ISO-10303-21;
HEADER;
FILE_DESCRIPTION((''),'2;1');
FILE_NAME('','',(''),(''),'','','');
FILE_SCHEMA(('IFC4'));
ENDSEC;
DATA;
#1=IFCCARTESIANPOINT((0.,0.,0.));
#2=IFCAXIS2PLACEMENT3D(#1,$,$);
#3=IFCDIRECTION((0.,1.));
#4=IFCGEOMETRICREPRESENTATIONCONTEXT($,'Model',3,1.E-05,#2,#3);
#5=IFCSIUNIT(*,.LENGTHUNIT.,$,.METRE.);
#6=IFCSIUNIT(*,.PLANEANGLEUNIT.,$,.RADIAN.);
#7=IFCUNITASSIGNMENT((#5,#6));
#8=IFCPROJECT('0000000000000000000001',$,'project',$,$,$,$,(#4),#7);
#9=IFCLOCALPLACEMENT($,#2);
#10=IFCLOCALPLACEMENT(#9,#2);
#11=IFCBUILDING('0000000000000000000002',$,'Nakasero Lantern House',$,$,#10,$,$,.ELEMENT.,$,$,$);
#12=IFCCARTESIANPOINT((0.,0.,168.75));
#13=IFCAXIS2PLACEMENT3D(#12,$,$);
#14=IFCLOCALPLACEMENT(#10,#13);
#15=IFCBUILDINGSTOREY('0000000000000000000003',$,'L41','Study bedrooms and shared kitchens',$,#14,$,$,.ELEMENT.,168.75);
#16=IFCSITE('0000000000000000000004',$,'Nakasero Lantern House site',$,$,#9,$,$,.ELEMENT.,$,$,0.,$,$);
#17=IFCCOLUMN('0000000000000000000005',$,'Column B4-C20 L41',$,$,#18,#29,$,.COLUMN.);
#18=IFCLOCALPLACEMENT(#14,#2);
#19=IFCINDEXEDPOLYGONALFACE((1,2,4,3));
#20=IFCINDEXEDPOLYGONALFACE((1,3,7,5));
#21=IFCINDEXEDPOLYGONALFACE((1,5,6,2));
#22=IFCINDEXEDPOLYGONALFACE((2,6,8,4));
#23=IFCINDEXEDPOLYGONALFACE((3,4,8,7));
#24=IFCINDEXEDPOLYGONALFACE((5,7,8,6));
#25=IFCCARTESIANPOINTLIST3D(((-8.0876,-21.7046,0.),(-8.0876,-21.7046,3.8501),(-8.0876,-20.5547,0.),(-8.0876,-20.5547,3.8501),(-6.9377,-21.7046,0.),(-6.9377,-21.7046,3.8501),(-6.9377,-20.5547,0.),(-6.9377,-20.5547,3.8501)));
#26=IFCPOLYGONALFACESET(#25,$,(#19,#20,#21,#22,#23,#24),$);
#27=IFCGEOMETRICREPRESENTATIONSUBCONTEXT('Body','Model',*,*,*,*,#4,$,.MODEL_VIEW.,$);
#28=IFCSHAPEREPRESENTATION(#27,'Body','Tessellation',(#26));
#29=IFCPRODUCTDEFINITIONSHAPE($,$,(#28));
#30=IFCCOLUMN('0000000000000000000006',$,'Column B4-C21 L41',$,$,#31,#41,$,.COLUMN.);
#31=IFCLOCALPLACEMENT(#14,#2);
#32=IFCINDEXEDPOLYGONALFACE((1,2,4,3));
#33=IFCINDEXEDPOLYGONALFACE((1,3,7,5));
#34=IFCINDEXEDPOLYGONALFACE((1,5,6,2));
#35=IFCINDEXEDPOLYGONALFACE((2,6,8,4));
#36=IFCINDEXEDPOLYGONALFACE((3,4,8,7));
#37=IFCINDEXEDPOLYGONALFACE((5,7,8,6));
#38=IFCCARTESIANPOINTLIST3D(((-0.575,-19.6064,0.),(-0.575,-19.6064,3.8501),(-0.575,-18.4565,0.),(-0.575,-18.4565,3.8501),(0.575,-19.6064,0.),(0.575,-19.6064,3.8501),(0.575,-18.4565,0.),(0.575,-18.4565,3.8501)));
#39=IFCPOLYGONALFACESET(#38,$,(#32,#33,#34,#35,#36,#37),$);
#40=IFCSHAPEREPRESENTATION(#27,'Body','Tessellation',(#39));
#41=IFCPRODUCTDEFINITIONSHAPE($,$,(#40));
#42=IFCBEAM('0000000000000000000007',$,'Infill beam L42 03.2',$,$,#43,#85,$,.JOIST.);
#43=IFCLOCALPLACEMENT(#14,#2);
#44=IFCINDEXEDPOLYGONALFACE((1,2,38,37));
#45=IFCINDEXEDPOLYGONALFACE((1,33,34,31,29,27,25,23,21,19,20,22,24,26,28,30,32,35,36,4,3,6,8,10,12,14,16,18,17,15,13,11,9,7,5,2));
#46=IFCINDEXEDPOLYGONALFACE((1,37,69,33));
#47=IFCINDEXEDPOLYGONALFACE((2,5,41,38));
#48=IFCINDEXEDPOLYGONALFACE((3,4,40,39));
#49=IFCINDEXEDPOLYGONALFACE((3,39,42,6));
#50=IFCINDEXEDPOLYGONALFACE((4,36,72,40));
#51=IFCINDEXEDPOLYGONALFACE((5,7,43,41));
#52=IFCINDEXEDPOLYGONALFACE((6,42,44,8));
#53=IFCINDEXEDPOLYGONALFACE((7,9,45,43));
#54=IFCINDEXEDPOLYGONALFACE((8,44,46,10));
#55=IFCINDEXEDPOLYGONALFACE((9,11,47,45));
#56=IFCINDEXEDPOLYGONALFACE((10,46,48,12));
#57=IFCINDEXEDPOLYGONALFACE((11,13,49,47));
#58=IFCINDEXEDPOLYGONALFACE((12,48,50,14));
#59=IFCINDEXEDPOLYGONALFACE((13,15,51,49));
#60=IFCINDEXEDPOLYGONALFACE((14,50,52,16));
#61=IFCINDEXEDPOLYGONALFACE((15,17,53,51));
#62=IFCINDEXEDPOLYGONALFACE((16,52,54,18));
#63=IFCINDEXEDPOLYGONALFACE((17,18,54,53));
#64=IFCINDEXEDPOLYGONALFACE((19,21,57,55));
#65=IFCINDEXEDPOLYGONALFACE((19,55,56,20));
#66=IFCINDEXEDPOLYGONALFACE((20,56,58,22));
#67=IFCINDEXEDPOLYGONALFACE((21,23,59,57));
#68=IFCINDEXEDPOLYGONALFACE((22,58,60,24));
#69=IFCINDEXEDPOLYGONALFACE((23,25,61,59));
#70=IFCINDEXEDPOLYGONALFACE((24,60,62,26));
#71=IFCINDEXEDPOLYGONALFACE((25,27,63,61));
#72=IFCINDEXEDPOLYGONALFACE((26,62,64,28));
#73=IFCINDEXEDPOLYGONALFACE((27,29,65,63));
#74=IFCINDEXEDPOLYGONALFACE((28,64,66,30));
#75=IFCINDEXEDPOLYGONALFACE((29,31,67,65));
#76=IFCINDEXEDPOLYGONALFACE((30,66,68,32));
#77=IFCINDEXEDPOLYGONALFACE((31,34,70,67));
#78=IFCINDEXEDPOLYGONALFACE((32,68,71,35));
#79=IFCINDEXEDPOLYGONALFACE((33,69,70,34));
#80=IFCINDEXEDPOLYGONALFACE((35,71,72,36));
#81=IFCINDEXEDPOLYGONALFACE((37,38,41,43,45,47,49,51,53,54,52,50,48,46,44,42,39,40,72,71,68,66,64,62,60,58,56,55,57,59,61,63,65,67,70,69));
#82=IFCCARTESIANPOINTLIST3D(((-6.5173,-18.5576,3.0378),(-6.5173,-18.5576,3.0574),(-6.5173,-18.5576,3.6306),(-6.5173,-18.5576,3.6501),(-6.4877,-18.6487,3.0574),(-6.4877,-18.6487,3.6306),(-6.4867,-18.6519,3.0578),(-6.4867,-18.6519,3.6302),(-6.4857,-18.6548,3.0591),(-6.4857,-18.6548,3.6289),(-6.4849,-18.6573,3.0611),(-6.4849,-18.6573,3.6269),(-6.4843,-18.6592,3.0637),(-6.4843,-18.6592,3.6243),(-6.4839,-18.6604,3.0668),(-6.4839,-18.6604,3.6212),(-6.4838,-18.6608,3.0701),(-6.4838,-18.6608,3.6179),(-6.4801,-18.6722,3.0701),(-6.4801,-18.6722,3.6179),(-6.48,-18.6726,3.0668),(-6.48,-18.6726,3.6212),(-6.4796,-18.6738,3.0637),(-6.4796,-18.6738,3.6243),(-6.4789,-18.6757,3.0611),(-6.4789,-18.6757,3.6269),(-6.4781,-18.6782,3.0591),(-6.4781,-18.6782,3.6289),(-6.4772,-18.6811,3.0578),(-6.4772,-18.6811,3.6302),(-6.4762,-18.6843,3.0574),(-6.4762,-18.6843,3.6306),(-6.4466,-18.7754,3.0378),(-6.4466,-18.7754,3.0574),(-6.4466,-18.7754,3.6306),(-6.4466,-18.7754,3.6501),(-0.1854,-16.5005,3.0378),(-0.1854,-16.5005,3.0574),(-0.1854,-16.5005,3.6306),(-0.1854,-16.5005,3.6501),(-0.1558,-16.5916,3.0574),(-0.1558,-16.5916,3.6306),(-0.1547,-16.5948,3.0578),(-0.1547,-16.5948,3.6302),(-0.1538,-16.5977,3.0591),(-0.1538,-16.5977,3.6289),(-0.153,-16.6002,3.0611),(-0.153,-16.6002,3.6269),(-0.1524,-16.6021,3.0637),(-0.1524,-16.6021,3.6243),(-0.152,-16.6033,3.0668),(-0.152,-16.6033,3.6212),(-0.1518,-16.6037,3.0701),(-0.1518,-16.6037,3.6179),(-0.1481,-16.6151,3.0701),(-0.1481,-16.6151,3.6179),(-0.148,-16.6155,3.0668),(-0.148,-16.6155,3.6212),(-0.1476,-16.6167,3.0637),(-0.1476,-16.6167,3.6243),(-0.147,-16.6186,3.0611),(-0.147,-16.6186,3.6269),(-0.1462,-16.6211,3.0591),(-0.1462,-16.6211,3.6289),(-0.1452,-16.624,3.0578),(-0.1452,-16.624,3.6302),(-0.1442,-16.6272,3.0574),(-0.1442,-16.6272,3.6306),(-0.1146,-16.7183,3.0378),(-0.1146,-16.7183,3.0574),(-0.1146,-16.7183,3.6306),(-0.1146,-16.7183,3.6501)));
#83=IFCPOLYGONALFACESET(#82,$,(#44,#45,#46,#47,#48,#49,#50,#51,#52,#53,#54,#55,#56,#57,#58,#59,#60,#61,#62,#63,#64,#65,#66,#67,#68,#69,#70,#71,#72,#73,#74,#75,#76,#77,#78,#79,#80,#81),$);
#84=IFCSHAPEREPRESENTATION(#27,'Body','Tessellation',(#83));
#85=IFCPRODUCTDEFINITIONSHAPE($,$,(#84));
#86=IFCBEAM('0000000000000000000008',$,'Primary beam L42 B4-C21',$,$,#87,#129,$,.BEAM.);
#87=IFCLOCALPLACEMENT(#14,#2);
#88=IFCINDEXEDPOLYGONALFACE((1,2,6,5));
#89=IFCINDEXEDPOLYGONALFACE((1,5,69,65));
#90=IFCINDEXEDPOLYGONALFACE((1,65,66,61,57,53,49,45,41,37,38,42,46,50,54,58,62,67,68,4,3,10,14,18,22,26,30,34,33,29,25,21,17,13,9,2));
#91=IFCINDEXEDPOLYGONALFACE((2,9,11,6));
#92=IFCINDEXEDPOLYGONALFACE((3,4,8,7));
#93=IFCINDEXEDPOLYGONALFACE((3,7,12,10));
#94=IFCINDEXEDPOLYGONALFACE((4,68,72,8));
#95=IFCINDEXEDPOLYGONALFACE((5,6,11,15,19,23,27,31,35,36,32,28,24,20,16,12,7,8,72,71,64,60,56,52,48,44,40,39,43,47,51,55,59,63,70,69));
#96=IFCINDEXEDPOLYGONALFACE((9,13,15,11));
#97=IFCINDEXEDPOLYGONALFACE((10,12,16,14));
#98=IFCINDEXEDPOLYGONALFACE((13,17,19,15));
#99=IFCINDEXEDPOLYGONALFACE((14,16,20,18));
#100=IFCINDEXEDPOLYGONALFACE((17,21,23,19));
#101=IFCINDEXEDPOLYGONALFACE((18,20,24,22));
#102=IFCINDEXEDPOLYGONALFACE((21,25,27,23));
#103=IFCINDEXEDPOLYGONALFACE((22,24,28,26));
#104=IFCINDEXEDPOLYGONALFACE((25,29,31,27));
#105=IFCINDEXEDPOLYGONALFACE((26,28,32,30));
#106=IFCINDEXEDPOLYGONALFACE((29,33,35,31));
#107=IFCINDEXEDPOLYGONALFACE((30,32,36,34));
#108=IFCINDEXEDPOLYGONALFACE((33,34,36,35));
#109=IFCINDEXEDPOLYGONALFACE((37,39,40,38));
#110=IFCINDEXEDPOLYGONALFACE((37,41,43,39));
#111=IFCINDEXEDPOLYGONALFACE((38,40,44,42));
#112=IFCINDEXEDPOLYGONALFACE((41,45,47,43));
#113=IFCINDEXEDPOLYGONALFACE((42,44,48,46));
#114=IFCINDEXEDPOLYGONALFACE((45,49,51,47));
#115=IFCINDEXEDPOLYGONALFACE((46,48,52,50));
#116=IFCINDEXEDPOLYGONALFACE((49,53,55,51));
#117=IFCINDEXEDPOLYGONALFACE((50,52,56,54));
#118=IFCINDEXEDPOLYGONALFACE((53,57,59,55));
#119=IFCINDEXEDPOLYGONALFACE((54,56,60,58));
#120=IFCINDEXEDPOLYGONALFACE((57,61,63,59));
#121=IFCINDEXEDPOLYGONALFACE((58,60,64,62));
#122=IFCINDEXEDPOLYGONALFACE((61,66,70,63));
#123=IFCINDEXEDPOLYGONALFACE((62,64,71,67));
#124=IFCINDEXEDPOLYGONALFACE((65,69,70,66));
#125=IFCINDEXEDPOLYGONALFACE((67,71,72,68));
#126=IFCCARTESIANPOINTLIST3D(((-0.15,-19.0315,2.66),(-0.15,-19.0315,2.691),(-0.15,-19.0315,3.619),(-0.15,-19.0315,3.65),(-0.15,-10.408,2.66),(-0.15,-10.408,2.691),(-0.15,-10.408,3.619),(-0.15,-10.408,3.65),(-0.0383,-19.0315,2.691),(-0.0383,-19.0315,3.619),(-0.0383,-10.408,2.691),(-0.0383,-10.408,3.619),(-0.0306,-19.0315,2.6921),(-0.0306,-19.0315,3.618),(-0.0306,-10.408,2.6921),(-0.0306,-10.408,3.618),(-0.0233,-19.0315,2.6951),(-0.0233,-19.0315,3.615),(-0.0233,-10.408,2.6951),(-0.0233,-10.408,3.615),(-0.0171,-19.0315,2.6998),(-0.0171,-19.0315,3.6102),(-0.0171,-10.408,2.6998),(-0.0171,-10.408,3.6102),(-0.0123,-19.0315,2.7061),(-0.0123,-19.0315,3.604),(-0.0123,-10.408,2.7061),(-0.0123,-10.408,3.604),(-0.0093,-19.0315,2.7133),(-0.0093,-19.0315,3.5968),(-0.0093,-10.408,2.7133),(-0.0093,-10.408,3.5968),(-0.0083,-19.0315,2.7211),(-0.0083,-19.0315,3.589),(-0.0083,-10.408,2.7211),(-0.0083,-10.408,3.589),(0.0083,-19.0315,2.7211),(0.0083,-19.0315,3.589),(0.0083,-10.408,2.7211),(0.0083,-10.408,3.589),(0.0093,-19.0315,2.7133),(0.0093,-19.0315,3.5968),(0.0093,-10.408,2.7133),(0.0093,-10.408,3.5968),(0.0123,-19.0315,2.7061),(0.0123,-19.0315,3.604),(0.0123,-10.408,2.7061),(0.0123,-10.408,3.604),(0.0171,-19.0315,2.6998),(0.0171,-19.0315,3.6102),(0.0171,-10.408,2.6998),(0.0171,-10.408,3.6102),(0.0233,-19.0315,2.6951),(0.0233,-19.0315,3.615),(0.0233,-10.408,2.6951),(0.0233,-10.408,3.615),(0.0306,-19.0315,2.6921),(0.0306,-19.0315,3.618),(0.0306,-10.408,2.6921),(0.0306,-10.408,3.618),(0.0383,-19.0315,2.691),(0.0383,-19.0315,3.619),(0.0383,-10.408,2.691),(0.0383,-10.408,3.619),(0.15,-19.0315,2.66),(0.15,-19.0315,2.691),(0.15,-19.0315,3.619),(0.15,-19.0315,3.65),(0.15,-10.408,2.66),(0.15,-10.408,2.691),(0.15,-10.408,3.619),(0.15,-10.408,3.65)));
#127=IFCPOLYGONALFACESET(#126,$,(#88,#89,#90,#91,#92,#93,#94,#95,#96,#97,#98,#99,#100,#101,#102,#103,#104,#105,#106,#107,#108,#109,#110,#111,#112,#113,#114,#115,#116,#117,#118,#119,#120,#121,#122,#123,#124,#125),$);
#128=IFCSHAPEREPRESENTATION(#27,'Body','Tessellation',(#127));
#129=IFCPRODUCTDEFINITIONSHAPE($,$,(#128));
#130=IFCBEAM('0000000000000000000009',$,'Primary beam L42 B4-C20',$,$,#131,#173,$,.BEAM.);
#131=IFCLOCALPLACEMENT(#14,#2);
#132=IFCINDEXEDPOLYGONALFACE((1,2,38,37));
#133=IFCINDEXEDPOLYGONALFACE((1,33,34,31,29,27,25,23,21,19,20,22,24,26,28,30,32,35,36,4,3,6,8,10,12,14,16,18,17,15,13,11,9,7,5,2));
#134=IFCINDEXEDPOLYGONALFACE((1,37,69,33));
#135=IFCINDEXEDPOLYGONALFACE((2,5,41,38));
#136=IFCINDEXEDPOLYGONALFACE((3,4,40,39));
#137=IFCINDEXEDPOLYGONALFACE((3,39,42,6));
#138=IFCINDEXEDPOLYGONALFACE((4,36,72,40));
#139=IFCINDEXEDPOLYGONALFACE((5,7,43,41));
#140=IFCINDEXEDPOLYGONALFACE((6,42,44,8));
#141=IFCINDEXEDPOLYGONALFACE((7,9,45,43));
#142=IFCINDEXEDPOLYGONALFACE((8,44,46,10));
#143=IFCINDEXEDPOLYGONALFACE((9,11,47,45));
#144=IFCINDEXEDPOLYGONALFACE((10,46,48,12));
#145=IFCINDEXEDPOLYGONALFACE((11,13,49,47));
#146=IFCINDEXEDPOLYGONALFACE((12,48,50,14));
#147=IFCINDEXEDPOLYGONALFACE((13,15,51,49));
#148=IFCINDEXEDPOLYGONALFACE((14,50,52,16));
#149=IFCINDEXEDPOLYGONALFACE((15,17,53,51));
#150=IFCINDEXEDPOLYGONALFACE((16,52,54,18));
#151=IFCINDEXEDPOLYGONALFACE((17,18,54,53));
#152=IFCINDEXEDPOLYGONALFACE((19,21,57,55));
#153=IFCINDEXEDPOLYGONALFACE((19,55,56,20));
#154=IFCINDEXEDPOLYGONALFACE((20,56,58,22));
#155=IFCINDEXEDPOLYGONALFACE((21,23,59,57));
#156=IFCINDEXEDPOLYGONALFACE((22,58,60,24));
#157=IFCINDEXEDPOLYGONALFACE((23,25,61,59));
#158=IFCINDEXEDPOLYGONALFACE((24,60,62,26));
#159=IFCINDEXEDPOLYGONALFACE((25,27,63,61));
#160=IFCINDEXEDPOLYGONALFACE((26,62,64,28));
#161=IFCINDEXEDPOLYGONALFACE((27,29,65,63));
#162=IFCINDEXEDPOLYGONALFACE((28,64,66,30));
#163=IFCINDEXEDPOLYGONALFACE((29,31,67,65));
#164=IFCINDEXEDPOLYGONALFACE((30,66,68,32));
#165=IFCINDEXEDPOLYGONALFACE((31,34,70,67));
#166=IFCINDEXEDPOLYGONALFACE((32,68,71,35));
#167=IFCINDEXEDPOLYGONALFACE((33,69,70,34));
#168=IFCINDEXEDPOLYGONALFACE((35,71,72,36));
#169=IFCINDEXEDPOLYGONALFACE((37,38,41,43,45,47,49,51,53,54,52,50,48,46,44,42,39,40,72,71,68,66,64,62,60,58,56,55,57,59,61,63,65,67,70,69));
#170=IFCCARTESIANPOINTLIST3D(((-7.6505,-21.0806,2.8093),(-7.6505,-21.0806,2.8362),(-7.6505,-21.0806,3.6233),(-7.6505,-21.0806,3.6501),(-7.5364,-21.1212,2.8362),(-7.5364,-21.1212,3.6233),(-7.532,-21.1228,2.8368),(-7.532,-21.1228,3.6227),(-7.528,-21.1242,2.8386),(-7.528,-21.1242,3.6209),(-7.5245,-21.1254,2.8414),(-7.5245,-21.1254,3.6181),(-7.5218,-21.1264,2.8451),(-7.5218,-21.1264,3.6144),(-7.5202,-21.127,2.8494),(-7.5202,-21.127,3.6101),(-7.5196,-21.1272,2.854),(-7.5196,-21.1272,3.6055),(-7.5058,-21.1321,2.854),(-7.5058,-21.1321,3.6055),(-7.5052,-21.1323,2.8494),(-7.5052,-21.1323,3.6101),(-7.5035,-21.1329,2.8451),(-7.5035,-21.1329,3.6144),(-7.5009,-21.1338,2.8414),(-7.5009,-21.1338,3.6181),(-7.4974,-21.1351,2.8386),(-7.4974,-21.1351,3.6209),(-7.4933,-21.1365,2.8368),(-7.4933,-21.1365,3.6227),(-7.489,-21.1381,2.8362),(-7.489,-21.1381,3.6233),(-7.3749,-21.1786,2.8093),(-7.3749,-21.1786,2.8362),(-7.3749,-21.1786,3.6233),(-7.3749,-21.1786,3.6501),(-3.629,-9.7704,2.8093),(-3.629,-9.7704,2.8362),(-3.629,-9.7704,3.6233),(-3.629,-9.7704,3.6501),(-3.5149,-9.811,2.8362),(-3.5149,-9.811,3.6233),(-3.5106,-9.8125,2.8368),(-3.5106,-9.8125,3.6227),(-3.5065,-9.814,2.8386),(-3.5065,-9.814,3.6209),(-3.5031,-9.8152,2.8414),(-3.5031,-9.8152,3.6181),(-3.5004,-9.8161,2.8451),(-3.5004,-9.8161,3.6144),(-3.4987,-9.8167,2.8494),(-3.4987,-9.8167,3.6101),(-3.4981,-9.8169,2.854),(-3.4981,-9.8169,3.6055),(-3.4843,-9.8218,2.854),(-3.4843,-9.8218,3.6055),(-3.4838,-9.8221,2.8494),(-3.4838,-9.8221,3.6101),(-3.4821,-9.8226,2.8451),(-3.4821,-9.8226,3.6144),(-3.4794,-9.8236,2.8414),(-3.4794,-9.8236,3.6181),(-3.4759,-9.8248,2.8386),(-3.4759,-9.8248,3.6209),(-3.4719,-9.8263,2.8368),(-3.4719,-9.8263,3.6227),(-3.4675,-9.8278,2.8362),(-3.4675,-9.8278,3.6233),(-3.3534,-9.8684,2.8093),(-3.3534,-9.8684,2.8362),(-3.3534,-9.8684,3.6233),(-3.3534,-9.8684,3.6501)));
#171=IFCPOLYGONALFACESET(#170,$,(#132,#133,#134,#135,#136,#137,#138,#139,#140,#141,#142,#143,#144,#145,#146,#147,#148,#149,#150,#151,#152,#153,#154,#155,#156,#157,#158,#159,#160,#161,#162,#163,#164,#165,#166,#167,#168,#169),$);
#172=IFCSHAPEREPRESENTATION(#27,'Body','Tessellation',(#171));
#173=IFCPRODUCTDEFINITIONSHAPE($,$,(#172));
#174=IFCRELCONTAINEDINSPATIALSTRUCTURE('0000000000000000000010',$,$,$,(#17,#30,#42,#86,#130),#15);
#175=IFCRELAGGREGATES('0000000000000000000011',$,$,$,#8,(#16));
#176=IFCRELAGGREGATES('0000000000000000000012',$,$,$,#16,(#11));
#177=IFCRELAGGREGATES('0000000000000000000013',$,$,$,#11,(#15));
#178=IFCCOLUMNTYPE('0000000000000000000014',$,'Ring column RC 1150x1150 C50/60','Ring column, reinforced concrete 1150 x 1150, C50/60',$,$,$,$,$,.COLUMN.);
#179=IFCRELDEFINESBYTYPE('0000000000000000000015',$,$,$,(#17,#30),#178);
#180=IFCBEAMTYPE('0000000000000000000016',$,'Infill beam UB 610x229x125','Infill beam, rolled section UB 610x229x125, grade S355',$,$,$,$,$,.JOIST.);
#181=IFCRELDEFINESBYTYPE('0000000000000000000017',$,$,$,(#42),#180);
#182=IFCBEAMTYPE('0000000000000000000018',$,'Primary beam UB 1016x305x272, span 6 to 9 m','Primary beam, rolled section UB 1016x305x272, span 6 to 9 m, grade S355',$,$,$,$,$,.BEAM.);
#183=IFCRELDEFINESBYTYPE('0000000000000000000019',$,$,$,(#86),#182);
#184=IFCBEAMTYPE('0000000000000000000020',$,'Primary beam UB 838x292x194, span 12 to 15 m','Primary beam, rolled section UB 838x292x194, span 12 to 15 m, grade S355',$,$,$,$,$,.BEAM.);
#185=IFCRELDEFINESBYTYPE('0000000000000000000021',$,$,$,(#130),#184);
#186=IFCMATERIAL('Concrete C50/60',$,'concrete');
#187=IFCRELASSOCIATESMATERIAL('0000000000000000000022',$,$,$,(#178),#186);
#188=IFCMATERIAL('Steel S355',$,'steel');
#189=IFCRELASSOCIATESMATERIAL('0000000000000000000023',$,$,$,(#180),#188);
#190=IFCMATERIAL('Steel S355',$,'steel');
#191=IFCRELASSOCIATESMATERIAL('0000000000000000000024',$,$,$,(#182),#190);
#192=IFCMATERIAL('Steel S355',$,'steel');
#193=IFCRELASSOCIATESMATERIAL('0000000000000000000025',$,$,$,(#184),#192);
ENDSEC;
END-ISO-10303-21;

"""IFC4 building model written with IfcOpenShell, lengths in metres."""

from ifc_helpers import new_model, si_unit, direction, frame, origin, origin_2d, place, context, subcontext, project, spatial, rectangle, i_section, extrude, material, material_profile, profile_set, type_object, element, save


model = new_model("IFC4")

# Units and contexts
model_context = context("Model", 3, precision=1e-05, world=origin(), true_north=direction((0.0, 1.0)))
body_context = subcontext(model_context, "Body", "Model", "MODEL_VIEW")
ifc_project = project(units=[si_unit("LENGTHUNIT", "METRE"), si_unit("PLANEANGLEUNIT", "RADIAN")], contexts=[model_context])

# Site, building, storey
site_placement = place(None, origin())
site = spatial("IfcSite", under=ifc_project, at=site_placement, Name="Nakasero Lantern House site", CompositionType="ELEMENT", RefElevation=0.0)
building_placement = place(site_placement, origin())
building = spatial("IfcBuilding", under=site, at=building_placement, Name="Nakasero Lantern House", CompositionType="ELEMENT")
storey_placement = place(building_placement, frame((0.0, 0.0, 168.75)))
storey = spatial("IfcBuildingStorey", under=building, at=storey_placement, Name="L41", Description="Study bedrooms and shared kitchens", CompositionType="ELEMENT", Elevation=168.75)

# Columns
ifc_material_1 = material(Name="Concrete C50/60", Category="concrete")
ifc_material_profile_1 = material_profile(ifc_material_1, rectangle(XDim=1.1499, YDim=1.1499, at=origin_2d()), Name="RC 1150x1150")
ifc_profile_set_1 = profile_set([ifc_material_profile_1], Name="Concrete C50/60")
column_type = type_object("IfcColumnType", Name="Ring column RC 1150x1150 C50/60", Description="Ring column, reinforced concrete 1150 x 1150, C50/60", PredefinedType="COLUMN", material=ifc_profile_set_1)
for number, where, z_axis, x_axis, name in (
    (1, (-7.5127, -21.1296, 0.0), (0.0, 0.0, 1.0), (1.0, 0.0, 0.0), "Column B4-C20 L41"),
    (2, (0.0, -19.0315, 0.0), (0.0, 0.0, 1.0), (1.0, 0.0, 0.0), "Column B4-C21 L41"),
):
    element("IfcColumn", number, at=place(storey_placement, frame(where, z_axis=z_axis, x_axis=x_axis)), inside=storey, type_object=column_type, Name=name, PredefinedType="COLUMN", context=body_context, shape_type="SweptSolid", body=[
        extrude(rectangle(XDim=1.1499, YDim=1.1499, at=origin_2d()), origin(), (0.0, 0.0, 1.0), 3.8501),
    ])

# Beams
ifc_material_2 = material(Name="Steel S355", Category="steel")
ifc_material_profile_2 = material_profile(ifc_material_2, i_section(OverallWidth=0.229, OverallDepth=0.6123, WebThickness=0.012, FlangeThickness=0.0195, FilletRadius=0.0127, at=origin_2d()), Name="UB 610x229x125")
ifc_profile_set_2 = profile_set([ifc_material_profile_2], Name="Steel S355")
beam_type_1 = type_object("IfcBeamType", Name="Infill beam UB 610x229x125", Description="Infill beam, rolled section UB 610x229x125, grade S355", PredefinedType="JOIST", material=ifc_profile_set_2)
beam_1_placement = place(storey_placement, frame((-6.4819, -18.6665, 3.344), z_axis=(0.951069, 0.30898, 0.0), x_axis=(-0.30898, 0.951069, 0.0)))
element("IfcBeam", 3, at=beam_1_placement, inside=storey, type_object=beam_type_1, Name="Infill beam L42 03.2", PredefinedType="JOIST", context=body_context, shape_type="SweptSolid", body=[
    extrude(i_section(OverallWidth=0.229, OverallDepth=0.6123, WebThickness=0.012, FlangeThickness=0.0195, FilletRadius=0.0127, at=origin_2d()), origin(), (0.0, 0.0, 1.0), 6.6577),
])
ifc_material_3 = material(Name="Steel S355", Category="steel")
ifc_material_profile_3 = material_profile(ifc_material_3, i_section(OverallWidth=0.3, OverallDepth=0.99, WebThickness=0.0166, FlangeThickness=0.031, FilletRadius=0.03, at=origin_2d()), Name="UB 1016x305x272")
ifc_profile_set_3 = profile_set([ifc_material_profile_3], Name="Steel S355")
beam_type_2 = type_object("IfcBeamType", Name="Primary beam UB 1016x305x272, span 6 to 9 m", Description="Primary beam, rolled section UB 1016x305x272, span 6 to 9 m, grade S355", PredefinedType="BEAM", material=ifc_profile_set_3)
beam_2_placement = place(storey_placement, frame((0.0, -19.0315, 3.155), z_axis=(0.0, 1.0, 0.0), x_axis=(-1.0, 0.0, 0.0)))
element("IfcBeam", 4, at=beam_2_placement, inside=storey, type_object=beam_type_2, Name="Primary beam L42 B4-C21", PredefinedType="BEAM", context=body_context, shape_type="SweptSolid", body=[
    extrude(i_section(OverallWidth=0.3, OverallDepth=0.99, WebThickness=0.0166, FlangeThickness=0.031, FilletRadius=0.03, at=origin_2d()), origin(), (0.0, 0.0, 1.0), 8.6235),
])
ifc_material_4 = material(Name="Steel S355", Category="steel")
ifc_material_profile_4 = material_profile(ifc_material_4, i_section(OverallWidth=0.2925, OverallDepth=0.8408, WebThickness=0.0146, FlangeThickness=0.0269, FilletRadius=0.0178, at=origin_2d()), Name="UB 838x292x194")
ifc_profile_set_4 = profile_set([ifc_material_profile_4], Name="Steel S355")
beam_type_3 = type_object("IfcBeamType", Name="Primary beam UB 838x292x194, span 12 to 15 m", Description="Primary beam, rolled section UB 838x292x194, span 12 to 15 m, grade S355", PredefinedType="BEAM", material=ifc_profile_set_4)
beam_3_placement = place(storey_placement, frame((-7.5127, -21.1296, 3.2297), z_axis=(0.335013, 0.942214, 0.0), x_axis=(-0.942214, 0.335013, 0.0)))
element("IfcBeam", 5, at=beam_3_placement, inside=storey, type_object=beam_type_3, Name="Primary beam L42 B4-C20", PredefinedType="BEAM", context=body_context, shape_type="SweptSolid", body=[
    extrude(i_section(OverallWidth=0.2925, OverallDepth=0.8408, WebThickness=0.0146, FlangeThickness=0.0269, FilletRadius=0.0178, at=origin_2d()), origin(), (0.0, 0.0, 1.0), 12.0039),
])

save(model, "model.ifc")
